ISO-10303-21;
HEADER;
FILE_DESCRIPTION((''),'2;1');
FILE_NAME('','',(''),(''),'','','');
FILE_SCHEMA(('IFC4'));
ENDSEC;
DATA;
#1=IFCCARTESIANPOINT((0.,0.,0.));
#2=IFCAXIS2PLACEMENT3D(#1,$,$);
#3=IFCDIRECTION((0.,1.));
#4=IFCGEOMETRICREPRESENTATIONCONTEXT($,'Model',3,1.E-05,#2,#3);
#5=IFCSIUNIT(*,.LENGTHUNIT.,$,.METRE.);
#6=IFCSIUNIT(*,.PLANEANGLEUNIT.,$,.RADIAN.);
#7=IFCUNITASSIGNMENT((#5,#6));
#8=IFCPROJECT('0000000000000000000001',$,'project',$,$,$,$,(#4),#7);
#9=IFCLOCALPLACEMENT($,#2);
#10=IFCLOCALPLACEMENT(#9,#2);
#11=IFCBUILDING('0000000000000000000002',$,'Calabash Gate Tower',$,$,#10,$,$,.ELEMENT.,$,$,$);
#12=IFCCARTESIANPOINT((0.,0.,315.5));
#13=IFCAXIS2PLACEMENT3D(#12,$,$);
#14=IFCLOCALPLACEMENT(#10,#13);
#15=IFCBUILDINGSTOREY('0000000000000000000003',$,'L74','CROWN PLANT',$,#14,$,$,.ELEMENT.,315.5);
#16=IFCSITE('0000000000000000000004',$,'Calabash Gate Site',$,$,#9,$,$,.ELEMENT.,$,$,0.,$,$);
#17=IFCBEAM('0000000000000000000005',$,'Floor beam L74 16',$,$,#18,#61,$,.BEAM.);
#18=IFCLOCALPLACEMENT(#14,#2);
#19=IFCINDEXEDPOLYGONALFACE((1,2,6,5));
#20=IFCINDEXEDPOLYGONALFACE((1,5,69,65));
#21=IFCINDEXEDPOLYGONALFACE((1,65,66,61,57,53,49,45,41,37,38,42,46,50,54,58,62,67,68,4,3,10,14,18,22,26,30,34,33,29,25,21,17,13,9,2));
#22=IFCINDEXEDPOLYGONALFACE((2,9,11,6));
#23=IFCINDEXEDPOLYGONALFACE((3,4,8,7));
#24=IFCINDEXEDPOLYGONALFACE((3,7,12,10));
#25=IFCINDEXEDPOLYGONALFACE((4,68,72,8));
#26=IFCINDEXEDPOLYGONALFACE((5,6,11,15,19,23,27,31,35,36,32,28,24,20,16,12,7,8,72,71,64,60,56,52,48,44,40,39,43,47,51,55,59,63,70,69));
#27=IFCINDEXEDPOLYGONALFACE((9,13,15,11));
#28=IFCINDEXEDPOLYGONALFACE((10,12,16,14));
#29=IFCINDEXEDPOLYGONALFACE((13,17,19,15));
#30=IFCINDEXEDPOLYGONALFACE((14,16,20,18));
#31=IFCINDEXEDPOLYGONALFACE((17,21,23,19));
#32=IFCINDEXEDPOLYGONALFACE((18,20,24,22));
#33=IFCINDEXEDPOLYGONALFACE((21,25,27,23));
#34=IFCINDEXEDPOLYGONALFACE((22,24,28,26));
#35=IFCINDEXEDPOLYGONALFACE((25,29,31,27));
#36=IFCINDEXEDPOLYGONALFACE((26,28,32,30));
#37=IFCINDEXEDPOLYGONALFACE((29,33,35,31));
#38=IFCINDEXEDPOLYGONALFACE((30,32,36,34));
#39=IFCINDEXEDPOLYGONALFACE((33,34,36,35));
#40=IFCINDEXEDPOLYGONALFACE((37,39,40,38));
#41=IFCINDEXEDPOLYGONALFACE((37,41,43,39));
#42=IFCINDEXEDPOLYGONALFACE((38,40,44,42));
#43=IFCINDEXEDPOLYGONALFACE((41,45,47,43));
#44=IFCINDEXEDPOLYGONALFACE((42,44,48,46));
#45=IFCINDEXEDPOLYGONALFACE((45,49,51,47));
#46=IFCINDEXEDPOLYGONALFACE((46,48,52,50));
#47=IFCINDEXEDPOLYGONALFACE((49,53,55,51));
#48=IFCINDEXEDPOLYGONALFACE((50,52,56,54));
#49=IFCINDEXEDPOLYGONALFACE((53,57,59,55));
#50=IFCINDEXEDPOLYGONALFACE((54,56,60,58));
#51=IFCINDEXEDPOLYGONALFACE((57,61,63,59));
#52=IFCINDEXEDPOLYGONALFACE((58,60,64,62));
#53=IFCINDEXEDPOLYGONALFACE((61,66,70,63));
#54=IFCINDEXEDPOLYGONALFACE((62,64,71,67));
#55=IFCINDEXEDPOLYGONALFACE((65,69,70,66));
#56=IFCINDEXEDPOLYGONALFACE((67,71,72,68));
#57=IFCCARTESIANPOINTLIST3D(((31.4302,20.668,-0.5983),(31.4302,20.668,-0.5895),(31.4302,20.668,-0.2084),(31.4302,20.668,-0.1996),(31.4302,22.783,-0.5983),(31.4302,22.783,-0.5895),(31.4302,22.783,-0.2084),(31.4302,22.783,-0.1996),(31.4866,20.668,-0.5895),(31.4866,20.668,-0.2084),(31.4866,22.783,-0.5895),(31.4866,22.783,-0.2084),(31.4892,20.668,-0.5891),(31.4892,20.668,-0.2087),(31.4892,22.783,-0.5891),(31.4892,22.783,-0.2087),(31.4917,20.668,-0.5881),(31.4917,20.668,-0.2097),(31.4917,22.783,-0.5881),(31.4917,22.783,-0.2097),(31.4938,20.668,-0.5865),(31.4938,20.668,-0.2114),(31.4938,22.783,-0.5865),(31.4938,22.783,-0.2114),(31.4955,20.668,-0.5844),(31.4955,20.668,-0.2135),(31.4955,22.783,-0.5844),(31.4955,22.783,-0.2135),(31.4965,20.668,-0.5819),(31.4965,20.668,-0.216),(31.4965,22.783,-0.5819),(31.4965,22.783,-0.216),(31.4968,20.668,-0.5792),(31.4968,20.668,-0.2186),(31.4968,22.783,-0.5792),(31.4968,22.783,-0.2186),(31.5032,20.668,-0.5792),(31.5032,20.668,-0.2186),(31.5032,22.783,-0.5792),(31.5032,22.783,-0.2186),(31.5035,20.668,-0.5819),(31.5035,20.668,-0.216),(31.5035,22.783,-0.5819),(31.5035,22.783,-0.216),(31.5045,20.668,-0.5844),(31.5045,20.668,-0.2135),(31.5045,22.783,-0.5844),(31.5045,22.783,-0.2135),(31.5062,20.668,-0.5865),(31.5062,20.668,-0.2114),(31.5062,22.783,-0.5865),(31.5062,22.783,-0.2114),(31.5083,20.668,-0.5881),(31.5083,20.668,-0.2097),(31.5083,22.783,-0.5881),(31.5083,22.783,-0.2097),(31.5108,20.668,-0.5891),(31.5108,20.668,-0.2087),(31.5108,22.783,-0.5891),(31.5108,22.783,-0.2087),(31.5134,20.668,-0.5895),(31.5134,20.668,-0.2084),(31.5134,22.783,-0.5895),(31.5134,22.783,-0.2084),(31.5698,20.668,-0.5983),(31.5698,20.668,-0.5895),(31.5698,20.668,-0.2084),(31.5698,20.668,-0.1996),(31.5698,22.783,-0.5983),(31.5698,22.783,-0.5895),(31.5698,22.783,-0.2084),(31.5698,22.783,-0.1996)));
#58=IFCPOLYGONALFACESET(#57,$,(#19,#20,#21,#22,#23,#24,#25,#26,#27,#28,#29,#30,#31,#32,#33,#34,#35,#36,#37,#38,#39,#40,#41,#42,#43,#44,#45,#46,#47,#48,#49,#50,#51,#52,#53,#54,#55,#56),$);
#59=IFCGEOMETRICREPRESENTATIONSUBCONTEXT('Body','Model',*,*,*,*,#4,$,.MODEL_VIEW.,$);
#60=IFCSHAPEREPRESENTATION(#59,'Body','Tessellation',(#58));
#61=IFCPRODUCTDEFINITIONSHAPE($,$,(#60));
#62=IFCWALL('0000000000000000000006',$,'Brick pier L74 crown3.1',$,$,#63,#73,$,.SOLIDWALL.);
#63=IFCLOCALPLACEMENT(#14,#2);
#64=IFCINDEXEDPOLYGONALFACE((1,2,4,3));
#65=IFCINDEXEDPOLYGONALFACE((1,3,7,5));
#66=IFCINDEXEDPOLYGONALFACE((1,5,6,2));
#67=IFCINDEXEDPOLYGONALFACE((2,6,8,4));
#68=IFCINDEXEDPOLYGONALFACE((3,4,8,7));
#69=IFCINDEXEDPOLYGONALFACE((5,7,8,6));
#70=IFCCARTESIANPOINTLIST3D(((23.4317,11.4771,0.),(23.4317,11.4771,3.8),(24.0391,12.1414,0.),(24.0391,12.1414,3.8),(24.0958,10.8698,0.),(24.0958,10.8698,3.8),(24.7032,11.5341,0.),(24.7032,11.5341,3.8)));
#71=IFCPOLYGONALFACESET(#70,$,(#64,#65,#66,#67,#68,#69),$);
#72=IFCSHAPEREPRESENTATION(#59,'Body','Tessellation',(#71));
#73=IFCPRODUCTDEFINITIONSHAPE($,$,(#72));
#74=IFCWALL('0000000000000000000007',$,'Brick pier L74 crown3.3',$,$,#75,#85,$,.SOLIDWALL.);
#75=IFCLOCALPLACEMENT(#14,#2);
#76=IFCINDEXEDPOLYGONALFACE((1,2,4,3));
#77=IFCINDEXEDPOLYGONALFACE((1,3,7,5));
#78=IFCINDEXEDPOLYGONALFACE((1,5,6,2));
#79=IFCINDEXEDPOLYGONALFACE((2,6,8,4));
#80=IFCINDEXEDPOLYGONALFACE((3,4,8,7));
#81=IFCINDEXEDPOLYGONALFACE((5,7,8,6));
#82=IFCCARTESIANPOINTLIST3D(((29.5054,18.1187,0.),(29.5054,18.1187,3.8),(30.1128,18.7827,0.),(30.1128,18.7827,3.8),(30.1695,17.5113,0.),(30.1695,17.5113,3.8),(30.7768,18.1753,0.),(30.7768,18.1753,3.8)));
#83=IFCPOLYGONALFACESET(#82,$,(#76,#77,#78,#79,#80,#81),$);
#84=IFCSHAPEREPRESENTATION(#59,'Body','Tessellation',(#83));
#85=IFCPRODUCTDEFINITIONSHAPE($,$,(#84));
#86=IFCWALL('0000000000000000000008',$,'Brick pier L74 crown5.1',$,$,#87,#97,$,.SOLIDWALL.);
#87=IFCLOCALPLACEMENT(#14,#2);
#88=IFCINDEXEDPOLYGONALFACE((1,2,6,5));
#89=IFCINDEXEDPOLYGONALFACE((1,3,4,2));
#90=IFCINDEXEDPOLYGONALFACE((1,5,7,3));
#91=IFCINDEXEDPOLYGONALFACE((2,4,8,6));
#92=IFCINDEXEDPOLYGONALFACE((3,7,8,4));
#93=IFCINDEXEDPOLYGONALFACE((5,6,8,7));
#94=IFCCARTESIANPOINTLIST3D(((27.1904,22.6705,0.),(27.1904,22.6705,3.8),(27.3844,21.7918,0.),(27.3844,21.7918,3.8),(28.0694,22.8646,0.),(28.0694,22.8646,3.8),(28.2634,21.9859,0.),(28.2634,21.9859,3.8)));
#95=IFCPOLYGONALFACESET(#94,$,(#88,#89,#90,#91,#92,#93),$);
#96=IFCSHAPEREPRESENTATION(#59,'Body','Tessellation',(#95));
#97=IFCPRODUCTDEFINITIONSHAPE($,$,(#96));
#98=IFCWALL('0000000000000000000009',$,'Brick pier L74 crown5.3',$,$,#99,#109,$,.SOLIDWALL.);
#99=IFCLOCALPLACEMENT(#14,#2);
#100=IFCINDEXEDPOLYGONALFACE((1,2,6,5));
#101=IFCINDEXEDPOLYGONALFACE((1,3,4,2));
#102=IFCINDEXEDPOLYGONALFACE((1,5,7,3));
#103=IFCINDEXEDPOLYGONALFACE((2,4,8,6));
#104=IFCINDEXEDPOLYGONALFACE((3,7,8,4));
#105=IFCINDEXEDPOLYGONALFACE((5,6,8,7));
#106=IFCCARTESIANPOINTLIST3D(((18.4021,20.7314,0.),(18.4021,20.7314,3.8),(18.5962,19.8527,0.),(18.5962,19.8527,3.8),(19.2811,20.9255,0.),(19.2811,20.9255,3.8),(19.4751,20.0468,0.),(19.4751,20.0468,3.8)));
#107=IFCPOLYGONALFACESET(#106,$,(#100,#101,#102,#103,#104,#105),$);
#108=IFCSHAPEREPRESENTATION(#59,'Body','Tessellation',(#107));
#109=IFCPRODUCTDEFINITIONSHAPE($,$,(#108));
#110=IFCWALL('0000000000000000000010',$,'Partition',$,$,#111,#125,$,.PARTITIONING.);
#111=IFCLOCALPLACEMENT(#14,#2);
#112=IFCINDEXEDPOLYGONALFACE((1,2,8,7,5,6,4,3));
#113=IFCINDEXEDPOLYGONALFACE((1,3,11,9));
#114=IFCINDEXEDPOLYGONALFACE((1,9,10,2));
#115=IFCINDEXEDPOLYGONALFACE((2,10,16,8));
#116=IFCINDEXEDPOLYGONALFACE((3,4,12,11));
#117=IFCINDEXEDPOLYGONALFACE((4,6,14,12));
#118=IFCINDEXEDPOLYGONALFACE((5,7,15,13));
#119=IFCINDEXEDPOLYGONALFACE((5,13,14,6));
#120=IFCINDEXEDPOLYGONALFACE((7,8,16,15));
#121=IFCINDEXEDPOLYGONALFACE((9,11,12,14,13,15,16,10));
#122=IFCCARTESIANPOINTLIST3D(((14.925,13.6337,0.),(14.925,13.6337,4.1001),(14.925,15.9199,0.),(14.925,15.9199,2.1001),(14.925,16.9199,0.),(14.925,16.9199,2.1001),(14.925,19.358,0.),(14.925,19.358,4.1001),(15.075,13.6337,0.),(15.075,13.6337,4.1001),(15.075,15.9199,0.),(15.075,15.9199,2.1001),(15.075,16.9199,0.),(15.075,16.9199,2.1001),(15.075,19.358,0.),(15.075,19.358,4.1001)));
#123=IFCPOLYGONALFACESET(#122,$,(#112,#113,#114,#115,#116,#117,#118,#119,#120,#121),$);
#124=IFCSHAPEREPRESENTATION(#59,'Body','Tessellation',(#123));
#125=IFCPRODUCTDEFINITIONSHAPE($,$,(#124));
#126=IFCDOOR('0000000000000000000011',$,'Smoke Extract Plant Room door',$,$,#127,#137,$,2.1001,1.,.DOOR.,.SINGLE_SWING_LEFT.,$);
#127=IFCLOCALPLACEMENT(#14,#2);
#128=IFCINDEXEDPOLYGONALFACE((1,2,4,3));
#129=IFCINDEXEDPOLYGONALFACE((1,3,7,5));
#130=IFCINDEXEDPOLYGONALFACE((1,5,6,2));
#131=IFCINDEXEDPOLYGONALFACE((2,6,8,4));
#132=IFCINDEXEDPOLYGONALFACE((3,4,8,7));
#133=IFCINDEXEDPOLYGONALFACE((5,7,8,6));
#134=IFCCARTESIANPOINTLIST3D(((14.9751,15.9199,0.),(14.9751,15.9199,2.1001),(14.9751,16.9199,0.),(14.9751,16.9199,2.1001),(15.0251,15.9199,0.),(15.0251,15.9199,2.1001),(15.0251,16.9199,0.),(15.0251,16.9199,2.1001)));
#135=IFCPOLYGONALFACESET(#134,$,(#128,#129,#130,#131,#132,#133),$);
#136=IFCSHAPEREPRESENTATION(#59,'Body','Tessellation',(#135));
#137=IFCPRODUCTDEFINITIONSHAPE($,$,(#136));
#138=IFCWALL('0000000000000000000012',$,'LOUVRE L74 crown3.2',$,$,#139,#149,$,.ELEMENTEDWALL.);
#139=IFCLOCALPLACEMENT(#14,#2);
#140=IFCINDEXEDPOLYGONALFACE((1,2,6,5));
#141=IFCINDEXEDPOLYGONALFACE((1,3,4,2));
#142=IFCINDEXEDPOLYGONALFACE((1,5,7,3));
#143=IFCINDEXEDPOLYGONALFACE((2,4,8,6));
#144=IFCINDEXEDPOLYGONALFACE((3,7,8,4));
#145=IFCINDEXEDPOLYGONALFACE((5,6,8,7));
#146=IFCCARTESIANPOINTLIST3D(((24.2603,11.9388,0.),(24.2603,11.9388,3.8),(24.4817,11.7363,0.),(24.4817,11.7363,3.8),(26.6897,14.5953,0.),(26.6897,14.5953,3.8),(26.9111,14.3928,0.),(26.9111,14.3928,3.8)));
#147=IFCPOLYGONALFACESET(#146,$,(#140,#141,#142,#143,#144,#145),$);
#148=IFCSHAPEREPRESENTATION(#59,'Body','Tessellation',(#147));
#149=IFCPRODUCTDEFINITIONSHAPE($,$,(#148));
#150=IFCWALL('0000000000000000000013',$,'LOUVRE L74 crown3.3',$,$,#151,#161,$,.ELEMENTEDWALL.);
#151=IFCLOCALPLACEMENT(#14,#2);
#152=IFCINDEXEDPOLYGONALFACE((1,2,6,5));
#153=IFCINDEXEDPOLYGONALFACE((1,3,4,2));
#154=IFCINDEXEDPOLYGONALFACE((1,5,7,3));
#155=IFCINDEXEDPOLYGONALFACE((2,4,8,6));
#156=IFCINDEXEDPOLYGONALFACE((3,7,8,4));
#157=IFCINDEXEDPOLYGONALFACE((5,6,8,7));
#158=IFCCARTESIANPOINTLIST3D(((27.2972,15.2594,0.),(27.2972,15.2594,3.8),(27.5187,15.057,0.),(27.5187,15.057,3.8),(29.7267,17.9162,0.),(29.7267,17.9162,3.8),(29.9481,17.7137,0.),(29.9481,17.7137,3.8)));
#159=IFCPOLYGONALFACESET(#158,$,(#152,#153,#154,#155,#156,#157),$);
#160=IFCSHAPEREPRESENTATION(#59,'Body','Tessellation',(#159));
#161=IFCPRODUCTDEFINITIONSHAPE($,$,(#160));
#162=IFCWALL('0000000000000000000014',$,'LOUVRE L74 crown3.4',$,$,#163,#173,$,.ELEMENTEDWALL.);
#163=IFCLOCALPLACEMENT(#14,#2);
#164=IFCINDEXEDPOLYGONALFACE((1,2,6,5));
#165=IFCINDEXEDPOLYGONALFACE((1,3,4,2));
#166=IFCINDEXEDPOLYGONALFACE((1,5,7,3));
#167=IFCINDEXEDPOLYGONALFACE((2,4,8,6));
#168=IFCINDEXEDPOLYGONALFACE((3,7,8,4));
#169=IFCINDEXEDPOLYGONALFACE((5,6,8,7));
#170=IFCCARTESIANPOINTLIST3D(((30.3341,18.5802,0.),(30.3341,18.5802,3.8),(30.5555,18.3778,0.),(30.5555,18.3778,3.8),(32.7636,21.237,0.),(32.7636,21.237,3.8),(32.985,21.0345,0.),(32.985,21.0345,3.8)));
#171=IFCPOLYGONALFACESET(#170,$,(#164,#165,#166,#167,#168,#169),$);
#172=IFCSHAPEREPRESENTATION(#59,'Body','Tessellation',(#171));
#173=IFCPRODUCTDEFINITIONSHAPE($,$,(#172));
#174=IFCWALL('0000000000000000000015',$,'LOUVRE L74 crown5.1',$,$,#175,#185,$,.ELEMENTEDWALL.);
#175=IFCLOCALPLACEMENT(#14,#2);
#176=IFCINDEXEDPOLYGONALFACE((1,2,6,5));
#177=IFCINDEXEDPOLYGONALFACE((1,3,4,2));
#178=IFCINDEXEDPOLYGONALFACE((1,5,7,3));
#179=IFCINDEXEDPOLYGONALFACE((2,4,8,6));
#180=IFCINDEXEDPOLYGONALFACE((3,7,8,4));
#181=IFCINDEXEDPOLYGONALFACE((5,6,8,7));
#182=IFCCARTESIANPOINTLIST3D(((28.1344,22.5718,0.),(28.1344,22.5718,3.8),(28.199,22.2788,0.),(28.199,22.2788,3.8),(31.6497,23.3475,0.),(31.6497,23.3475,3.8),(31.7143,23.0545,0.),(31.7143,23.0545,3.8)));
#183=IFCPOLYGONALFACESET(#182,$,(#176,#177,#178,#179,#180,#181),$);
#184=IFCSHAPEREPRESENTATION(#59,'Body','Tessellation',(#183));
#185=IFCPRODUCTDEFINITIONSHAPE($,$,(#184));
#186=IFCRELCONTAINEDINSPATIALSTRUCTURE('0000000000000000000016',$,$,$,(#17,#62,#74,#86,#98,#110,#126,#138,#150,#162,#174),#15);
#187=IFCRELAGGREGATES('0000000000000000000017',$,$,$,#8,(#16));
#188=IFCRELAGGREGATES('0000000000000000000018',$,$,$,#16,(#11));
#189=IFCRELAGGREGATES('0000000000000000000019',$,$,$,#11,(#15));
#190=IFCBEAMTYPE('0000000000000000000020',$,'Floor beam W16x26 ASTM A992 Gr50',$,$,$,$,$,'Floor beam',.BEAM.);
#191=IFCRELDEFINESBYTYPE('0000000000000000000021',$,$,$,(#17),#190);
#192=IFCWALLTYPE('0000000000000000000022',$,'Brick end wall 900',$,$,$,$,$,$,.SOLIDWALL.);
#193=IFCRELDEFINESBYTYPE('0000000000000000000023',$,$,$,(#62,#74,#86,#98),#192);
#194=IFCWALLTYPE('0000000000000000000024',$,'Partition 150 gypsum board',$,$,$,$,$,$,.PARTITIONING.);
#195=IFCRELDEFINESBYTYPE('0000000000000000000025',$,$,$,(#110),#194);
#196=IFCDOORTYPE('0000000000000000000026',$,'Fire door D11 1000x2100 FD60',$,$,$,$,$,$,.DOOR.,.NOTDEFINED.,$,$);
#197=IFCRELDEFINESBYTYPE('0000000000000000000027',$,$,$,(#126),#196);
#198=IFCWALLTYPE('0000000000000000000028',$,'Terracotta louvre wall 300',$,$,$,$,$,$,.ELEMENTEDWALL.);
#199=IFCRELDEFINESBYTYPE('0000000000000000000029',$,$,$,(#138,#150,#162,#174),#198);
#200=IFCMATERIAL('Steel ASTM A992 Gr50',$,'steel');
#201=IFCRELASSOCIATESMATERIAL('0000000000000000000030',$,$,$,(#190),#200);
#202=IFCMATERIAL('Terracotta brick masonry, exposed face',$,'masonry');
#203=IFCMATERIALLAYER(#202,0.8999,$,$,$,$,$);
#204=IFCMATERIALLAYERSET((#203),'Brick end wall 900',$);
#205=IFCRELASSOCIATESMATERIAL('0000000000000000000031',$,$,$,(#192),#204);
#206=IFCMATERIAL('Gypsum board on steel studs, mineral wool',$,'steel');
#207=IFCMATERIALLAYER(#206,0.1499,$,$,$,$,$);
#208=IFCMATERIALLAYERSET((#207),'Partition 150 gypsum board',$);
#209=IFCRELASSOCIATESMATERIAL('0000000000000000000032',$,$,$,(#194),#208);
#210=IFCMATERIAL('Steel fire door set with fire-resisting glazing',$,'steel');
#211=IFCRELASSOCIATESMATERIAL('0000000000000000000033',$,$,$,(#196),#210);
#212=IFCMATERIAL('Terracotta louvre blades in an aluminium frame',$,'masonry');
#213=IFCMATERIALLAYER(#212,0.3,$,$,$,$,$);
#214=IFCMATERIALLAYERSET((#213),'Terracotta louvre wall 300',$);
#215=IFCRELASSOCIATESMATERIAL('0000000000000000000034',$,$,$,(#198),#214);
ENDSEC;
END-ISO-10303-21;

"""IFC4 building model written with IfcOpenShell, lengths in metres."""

from ifc_helpers import new_model, si_unit, direction, frame, frame_2d, origin, origin_2d, place, context, subcontext, project, spatial, rectangle, i_section, extrude, material, layer, layer_set, material_profile, profile_set, type_object, element, fill, save


model = new_model("IFC4")

# Units and contexts
model_context = context("Model", 3, precision=1e-05, world=origin(), true_north=direction((0.0, 1.0)))
body_context = subcontext(model_context, "Body", "Model", "MODEL_VIEW")
ifc_project = project(units=[si_unit("LENGTHUNIT", "METRE"), si_unit("PLANEANGLEUNIT", "RADIAN")], contexts=[model_context])

# Site, building, storey
site_placement = place(None, origin())
site = spatial("IfcSite", under=ifc_project, at=site_placement, Name="Calabash Gate Site", CompositionType="ELEMENT", RefElevation=0.0)
building_placement = place(site_placement, origin())
building = spatial("IfcBuilding", under=site, at=building_placement, Name="Calabash Gate Tower", CompositionType="ELEMENT")
storey_placement = place(building_placement, frame((0.0, 0.0, 315.5)))
storey = spatial("IfcBuildingStorey", under=building, at=storey_placement, Name="L74", Description="CROWN PLANT", CompositionType="ELEMENT", Elevation=315.5)

# Beam
ifc_material_1 = material(Name="Steel ASTM A992 Gr50", Category="steel")
ifc_material_profile_1 = material_profile(ifc_material_1, i_section(OverallWidth=0.1396, OverallDepth=0.3987, WebThickness=0.0063, FlangeThickness=0.0088, FilletRadius=0.0103, at=origin_2d()))
ifc_profile_set_1 = profile_set([ifc_material_profile_1], Name="Steel ASTM A992 Gr50")
beam_type_1 = type_object("IfcBeamType", Name="Floor beam W16x26 ASTM A992 Gr50", ElementType="Floor beam", PredefinedType="BEAM", material=ifc_profile_set_1)
beam_1_placement = place(storey_placement, frame((31.5, 20.668, -0.3989), z_axis=(0.0, 1.0, 0.0), x_axis=(-1.0, 0.0, 0.0)))
element("IfcBeam", 1, at=beam_1_placement, inside=storey, type_object=beam_type_1, Name="Floor beam L74 16", PredefinedType="BEAM", context=body_context, shape_type="SweptSolid", body=[
    extrude(i_section(OverallWidth=0.1396, OverallDepth=0.3987, WebThickness=0.0063, FlangeThickness=0.0088, FilletRadius=0.0103, at=origin_2d()), origin(), (0.0, 0.0, 1.0), 2.115),
])

# Walls
ifc_material_2 = material(Name="Terracotta brick masonry, exposed face", Category="masonry")
ifc_layer_1 = layer(ifc_material_2, 0.8999)
ifc_layer_set_1 = layer_set([ifc_layer_1], Name="Brick end wall 900")
wall_type_1 = type_object("IfcWallType", Name="Brick end wall 900", PredefinedType="SOLIDWALL", material=ifc_layer_set_1)
wall_1_placement = place(storey_placement, frame((23.7637, 11.1733, 0.0), z_axis=(0.0, 0.0, 1.0), x_axis=(0.674803, 0.737998, 0.0)))
element("IfcWall", 2, at=wall_1_placement, inside=storey, type_object=wall_type_1, Name="Brick pier L74 crown3.1", PredefinedType="SOLIDWALL", context=body_context, shape_type="SweptSolid", body=[
    extrude(rectangle(XDim=0.9001, YDim=0.8999, at=frame_2d((0.4502, 0.0))), origin(), (0.0, 0.0, 1.0), 3.8),
])
wall_2_placement = place(storey_placement, frame((30.4448, 18.479, 0.0), z_axis=(0.0, 0.0, 1.0), x_axis=(-0.674938, -0.737874, 0.0)))
element("IfcWall", 3, at=wall_2_placement, inside=storey, type_object=wall_type_1, Name="Brick pier L74 crown3.3", PredefinedType="SOLIDWALL", context=body_context, shape_type="SweptSolid", body=[
    extrude(rectangle(XDim=0.8999, YDim=0.8999, at=frame_2d((0.45, 0.0))), origin(), (0.0, 0.0, 1.0), 3.8),
])
for number, where, z_axis, x_axis, name in (
    (4, (28.1665, 22.4253, 0.0), (0.0, 0.0, 1.0), (-0.976473, -0.215638, 0.0), "Brick pier L74 crown5.1"),
    (5, (18.499, 20.292, 0.0), (0.0, 0.0, 1.0), (0.976473, 0.215638, 0.0), "Brick pier L74 crown5.3"),
):
    element("IfcWall", number, at=place(storey_placement, frame(where, z_axis=z_axis, x_axis=x_axis)), inside=storey, type_object=wall_type_1, Name=name, PredefinedType="SOLIDWALL", context=body_context, shape_type="SweptSolid", body=[
        extrude(rectangle(XDim=0.9001, YDim=0.8999, at=frame_2d((0.4502, 0.0))), origin(), (0.0, 0.0, 1.0), 3.8),
    ])

# Wall, opening, door
ifc_material_3 = material(Name="Gypsum board on steel studs, mineral wool", Category="steel")
ifc_layer_2 = layer(ifc_material_3, 0.1499)
ifc_layer_set_2 = layer_set([ifc_layer_2], Name="Partition 150 gypsum board")
wall_type_2 = type_object("IfcWallType", Name="Partition 150 gypsum board", PredefinedType="PARTITIONING", material=ifc_layer_set_2)
wall_3_placement = place(storey_placement, frame((15.0, 13.6335, 0.0), z_axis=(0.0, 0.0, 1.0), x_axis=(0.0, 1.0, 0.0)))
wall_3 = element("IfcWall", 6, at=wall_3_placement, inside=storey, type_object=wall_type_2, Name="Partition", PredefinedType="PARTITIONING", context=body_context, shape_type="SweptSolid", body=[
    extrude(rectangle(XDim=5.7244, YDim=0.1499, at=frame_2d((2.8623, 0.0))), origin(), (0.0, 0.0, 1.0), 4.1001),
])
opening_placement = place(wall_3_placement, frame((2.2864, 0.0, 0.0)))
opening = element("IfcOpeningElement", 7, at=opening_placement, cuts=wall_3, PredefinedType="OPENING", context=body_context, shape_type="SweptSolid", body=[
    extrude(rectangle(XDim=1.0, YDim=2.1001, at=frame_2d((0.5, 1.05))), frame((0.0, 0.085, 0.0), z_axis=(0.0, -1.0, 0.0), x_axis=(1.0, 0.0, 0.0)), (0.0, 0.0, 1.0), 0.1699),
])
ifc_material_4 = material(Name="Steel fire door set with fire-resisting glazing", Category="steel")
door_type = type_object("IfcDoorType", Name="Fire door D11 1000x2100 FD60", OperationType="NOTDEFINED", PredefinedType="DOOR", material=ifc_material_4)
door_placement = place(opening_placement, origin())
door = element("IfcDoor", 8, at=door_placement, inside=storey, type_object=door_type, Name="Smoke Extract Plant Room door", OperationType="SINGLE_SWING_LEFT", OverallHeight=2.1001, OverallWidth=1.0, PredefinedType="DOOR", context=body_context, shape_type="SweptSolid", body=[
    extrude(rectangle(XDim=1.0, YDim=2.1001, at=frame_2d((0.5, 1.05))), frame((0.0, 0.0249, 0.0), z_axis=(0.0, -1.0, 0.0), x_axis=(1.0, 0.0, 0.0)), (0.0, 0.0, 1.0), 0.05),
])
fill(opening, door)

# Walls
ifc_material_5 = material(Name="Terracotta louvre blades in an aluminium frame", Category="masonry")
ifc_layer_3 = layer(ifc_material_5, 0.3)
ifc_layer_set_3 = layer_set([ifc_layer_3], Name="Terracotta louvre wall 300")
wall_type_3 = type_object("IfcWallType", Name="Terracotta louvre wall 300", PredefinedType="ELEMENTEDWALL", material=ifc_layer_set_3)
wall_4_placement = place(storey_placement, frame((24.3711, 11.8376, 0.0), z_axis=(0.0, 0.0, 1.0), x_axis=(0.674867, 0.737939, 0.0)))
element("IfcWall", 9, at=wall_4_placement, inside=storey, type_object=wall_type_3, Name="LOUVRE L74 crown3.2", PredefinedType="ELEMENTEDWALL", context=body_context, shape_type="SweptSolid", body=[
    extrude(rectangle(XDim=3.5999, YDim=0.3, at=frame_2d((1.7998, 0.0))), origin(), (0.0, 0.0, 1.0), 3.8),
])
for number, where, z_axis, x_axis, name in (
    (10, (27.408, 15.1582, 0.0), (0.0, 0.0, 1.0), (0.674834, 0.73797, 0.0), "LOUVRE L74 crown3.3"),
    (11, (30.4448, 18.479, 0.0), (0.0, 0.0, 1.0), (0.674834, 0.73797, 0.0), "LOUVRE L74 crown3.4"),
):
    element("IfcWall", number, at=place(storey_placement, frame(where, z_axis=z_axis, x_axis=x_axis)), inside=storey, type_object=wall_type_3, Name=name, PredefinedType="ELEMENTEDWALL", context=body_context, shape_type="SweptSolid", body=[
        extrude(rectangle(XDim=3.6001, YDim=0.3, at=frame_2d((1.8, 0.0))), origin(), (0.0, 0.0, 1.0), 3.8),
    ])
for number, where, z_axis, x_axis, name in (
    (12, (31.6819, 23.2009, 0.0), (0.0, 0.0, 1.0), (-0.976513, -0.215458, 0.0), "LOUVRE L74 crown5.1"),
):
    element("IfcWall", number, at=place(storey_placement, frame(where, z_axis=z_axis, x_axis=x_axis)), inside=storey, type_object=wall_type_3, Name=name, PredefinedType="ELEMENTEDWALL", context=body_context, shape_type="SweptSolid", body=[
        extrude(rectangle(XDim=3.5999, YDim=0.3, at=frame_2d((1.7998, 0.0))), origin(), (0.0, 0.0, 1.0), 3.8),
    ])

save(model, "model.ifc")
